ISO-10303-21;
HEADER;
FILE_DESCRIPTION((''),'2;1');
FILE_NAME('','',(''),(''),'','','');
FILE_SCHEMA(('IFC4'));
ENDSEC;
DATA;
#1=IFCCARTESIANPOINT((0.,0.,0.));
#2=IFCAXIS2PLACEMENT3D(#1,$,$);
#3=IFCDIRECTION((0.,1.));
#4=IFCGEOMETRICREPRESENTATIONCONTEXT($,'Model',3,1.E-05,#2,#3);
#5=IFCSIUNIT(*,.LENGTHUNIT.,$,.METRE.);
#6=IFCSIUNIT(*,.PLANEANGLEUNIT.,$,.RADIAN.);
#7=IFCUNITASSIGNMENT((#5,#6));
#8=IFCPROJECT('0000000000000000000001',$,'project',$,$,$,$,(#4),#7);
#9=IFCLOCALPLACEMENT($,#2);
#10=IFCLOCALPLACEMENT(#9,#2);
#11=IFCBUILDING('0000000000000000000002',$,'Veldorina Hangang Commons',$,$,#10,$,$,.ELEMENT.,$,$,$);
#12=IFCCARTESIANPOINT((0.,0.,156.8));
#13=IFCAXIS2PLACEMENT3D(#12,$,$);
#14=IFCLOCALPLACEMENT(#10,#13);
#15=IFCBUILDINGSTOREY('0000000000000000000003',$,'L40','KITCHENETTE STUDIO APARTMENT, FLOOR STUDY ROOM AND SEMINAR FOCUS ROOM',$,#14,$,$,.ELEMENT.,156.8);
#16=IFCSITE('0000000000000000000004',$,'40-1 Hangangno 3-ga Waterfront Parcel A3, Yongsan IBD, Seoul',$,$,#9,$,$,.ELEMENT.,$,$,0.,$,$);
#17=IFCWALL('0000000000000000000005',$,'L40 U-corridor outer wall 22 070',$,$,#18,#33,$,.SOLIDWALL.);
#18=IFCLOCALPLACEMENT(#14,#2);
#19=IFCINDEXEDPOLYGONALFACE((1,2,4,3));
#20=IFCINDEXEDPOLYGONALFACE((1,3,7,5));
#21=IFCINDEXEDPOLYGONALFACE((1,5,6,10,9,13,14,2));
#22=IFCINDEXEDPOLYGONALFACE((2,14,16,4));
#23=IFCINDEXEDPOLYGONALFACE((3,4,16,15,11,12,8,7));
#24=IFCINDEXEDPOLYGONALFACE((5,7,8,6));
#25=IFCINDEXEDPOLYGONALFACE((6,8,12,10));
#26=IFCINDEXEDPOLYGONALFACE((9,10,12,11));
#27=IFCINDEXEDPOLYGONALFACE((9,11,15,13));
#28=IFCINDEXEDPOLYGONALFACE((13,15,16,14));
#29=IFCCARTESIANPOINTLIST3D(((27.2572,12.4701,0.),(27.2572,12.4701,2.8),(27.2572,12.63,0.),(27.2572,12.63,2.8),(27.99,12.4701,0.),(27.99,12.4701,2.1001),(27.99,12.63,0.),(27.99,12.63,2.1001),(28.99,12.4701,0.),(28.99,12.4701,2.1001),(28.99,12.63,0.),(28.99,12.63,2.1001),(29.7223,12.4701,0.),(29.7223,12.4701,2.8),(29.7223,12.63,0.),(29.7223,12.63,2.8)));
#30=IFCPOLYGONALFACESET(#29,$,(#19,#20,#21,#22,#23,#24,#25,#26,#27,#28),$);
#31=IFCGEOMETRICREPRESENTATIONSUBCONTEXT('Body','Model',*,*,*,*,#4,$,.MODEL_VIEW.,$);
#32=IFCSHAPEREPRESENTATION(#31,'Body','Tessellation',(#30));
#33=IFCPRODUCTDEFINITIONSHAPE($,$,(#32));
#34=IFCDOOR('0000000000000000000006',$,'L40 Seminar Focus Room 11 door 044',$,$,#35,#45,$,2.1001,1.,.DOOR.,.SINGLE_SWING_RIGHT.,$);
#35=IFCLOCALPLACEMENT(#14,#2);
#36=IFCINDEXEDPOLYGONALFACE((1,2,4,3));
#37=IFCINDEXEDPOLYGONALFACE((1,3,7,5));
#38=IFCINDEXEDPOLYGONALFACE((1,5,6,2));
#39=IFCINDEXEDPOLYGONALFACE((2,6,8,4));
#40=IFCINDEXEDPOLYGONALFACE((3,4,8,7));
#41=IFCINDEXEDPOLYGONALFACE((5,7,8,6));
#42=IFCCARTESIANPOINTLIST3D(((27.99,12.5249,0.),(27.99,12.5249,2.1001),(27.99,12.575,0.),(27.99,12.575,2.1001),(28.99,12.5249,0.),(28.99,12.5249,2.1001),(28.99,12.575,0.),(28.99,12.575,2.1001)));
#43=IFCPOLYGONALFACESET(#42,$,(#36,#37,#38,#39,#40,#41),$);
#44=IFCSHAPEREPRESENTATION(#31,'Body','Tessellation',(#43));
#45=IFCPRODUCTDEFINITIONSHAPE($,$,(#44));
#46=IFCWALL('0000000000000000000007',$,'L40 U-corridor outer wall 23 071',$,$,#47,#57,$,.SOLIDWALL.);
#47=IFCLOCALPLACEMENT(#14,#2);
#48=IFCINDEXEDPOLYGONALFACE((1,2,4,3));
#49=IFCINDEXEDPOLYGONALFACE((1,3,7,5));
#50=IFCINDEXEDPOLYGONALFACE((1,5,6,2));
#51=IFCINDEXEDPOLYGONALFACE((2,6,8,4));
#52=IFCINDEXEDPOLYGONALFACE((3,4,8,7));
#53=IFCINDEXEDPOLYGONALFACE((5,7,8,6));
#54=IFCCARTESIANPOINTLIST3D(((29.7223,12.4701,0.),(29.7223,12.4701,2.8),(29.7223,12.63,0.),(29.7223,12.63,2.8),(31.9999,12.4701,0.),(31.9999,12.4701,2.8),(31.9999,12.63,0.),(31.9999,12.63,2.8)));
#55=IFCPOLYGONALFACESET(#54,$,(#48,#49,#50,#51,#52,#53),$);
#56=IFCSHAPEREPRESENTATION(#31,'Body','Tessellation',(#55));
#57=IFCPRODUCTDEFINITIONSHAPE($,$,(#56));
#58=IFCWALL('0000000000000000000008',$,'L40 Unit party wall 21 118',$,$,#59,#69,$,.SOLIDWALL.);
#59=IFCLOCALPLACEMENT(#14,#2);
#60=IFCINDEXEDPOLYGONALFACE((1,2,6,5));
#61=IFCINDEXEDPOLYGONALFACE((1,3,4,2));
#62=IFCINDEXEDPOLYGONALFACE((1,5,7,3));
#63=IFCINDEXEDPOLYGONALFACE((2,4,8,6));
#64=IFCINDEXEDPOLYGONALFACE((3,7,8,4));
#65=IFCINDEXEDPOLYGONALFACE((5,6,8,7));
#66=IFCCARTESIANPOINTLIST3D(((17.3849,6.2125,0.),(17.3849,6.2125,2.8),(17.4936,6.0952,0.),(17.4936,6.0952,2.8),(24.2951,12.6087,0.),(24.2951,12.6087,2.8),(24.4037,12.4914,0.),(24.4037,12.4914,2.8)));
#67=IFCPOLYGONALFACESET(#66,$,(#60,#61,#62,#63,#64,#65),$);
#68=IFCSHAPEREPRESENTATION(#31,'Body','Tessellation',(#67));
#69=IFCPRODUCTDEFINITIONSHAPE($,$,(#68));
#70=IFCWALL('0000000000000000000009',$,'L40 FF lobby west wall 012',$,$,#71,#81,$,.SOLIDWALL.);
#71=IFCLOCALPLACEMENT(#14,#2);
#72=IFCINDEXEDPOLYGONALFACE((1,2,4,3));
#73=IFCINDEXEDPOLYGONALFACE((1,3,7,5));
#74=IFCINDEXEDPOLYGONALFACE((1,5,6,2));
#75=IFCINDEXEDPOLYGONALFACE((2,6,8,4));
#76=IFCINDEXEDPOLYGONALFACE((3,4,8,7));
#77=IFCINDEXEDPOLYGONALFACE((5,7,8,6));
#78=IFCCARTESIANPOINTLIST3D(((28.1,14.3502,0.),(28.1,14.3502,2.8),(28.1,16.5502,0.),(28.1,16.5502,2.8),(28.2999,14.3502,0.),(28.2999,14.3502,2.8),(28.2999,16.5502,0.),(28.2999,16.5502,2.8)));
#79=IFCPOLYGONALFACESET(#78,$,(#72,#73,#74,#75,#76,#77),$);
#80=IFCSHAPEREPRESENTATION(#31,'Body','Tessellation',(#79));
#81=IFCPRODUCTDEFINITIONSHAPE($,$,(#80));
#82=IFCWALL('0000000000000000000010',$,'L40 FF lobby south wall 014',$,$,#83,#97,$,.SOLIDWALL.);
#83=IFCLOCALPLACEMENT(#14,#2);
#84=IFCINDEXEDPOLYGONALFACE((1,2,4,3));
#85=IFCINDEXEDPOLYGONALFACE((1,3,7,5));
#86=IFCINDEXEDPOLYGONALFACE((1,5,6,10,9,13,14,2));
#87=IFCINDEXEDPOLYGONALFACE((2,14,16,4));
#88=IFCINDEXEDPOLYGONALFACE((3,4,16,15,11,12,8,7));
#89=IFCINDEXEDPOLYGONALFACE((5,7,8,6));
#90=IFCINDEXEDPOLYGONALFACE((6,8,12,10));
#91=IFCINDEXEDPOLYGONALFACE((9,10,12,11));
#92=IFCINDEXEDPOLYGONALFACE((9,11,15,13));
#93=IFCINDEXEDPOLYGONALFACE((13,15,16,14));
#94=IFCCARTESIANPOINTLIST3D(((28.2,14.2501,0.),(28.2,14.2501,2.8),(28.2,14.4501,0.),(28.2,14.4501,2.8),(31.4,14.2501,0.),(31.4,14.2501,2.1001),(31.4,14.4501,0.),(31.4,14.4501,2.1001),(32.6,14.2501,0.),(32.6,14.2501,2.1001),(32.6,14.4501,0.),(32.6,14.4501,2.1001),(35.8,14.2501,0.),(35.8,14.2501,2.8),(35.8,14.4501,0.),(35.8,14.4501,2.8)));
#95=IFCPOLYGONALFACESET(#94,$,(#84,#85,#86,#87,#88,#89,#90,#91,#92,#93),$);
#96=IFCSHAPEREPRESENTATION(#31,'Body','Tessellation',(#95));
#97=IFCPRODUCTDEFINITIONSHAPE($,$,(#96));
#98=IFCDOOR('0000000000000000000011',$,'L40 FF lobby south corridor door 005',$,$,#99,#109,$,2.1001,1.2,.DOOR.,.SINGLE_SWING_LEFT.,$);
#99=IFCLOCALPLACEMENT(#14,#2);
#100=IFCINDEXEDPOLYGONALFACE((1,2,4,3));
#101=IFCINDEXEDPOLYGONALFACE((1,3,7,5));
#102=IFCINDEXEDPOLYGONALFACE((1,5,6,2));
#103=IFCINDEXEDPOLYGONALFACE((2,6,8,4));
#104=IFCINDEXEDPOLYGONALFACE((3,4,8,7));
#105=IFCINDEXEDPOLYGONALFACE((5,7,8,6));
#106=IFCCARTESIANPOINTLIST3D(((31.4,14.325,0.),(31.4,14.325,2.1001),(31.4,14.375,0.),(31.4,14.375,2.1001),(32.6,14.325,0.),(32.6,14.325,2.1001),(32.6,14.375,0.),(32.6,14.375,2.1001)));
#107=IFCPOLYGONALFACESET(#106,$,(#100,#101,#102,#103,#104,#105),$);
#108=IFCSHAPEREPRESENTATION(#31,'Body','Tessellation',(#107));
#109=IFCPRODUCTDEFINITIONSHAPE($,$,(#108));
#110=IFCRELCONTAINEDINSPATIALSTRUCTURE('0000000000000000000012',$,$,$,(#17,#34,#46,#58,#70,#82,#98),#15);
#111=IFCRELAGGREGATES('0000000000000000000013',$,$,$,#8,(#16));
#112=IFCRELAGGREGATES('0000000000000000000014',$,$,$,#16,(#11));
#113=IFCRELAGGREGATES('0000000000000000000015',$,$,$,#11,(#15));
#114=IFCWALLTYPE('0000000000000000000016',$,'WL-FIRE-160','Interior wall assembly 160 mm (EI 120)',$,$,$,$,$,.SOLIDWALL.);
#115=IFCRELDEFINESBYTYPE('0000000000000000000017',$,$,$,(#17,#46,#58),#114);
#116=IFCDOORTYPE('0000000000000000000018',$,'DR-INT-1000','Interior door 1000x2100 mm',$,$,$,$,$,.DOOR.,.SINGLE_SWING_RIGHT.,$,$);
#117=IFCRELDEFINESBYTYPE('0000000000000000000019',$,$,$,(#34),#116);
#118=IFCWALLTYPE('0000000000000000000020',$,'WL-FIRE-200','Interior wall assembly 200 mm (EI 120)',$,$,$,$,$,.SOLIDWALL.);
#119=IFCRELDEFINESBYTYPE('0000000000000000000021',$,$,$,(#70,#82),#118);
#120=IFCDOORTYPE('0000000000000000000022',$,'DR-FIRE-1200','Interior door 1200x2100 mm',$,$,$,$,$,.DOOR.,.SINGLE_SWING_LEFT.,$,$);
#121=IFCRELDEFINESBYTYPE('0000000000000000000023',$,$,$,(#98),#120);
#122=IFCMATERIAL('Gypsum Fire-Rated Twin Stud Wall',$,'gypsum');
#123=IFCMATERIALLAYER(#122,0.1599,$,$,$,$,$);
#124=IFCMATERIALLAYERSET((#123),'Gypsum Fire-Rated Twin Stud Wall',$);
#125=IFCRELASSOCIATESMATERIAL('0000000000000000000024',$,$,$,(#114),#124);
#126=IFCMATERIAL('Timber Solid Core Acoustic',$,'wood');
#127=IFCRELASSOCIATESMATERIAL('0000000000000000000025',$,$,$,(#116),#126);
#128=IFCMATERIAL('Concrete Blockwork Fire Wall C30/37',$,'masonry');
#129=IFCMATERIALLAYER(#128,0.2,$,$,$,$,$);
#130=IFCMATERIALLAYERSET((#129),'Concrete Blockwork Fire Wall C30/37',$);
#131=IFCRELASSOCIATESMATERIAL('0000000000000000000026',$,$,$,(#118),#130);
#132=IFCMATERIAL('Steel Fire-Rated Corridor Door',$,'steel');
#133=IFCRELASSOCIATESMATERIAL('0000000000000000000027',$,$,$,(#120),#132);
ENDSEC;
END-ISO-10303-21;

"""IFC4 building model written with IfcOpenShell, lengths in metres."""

from ifc_helpers import new_model, si_unit, direction, frame, frame_2d, origin, place, context, subcontext, project, spatial, rectangle, extrude, material, layer, layer_set, type_object, element, fill, save


model = new_model("IFC4")

# Units and contexts
model_context = context("Model", 3, precision=1e-05, world=origin(), true_north=direction((0.0, 1.0)))
body_context = subcontext(model_context, "Body", "Model", "MODEL_VIEW")
ifc_project = project(units=[si_unit("LENGTHUNIT", "METRE"), si_unit("PLANEANGLEUNIT", "RADIAN")], contexts=[model_context])

# Site, building, storey
site_placement = place(None, origin())
site = spatial("IfcSite", under=ifc_project, at=site_placement, Name="40-1 Hangangno 3-ga Waterfront Parcel A3, Yongsan IBD, Seoul", CompositionType="ELEMENT", RefElevation=0.0)
building_placement = place(site_placement, origin())
building = spatial("IfcBuilding", under=site, at=building_placement, Name="Veldorina Hangang Commons", CompositionType="ELEMENT")
storey_placement = place(building_placement, frame((0.0, 0.0, 156.8)))
storey = spatial("IfcBuildingStorey", under=building, at=storey_placement, Name="L40", Description="KITCHENETTE STUDIO APARTMENT, FLOOR STUDY ROOM AND SEMINAR FOCUS ROOM", CompositionType="ELEMENT", Elevation=156.8)

# Shared definitions
ifc_material_1 = material(Name="Gypsum Fire-Rated Twin Stud Wall", Category="gypsum")
ifc_layer_1 = layer(ifc_material_1, 0.1599)
ifc_layer_set_1 = layer_set([ifc_layer_1], Name="Gypsum Fire-Rated Twin Stud Wall")
wall_type_1 = type_object("IfcWallType", Name="WL-FIRE-160", Description="Interior wall assembly 160 mm (EI 120)", PredefinedType="SOLIDWALL", material=ifc_layer_set_1)

# Wall, opening, door
wall_1_placement = place(storey_placement, frame((27.2573, 12.55, 0.0), z_axis=(0.0, 0.0, 1.0), x_axis=(1.0, 0.0, 0.0)))
wall_1 = element("IfcWall", 1, at=wall_1_placement, inside=storey, type_object=wall_type_1, Name="L40 U-corridor outer wall 22 070", PredefinedType="SOLIDWALL", context=body_context, shape_type="SweptSolid", body=[
    extrude(rectangle(XDim=2.4651, YDim=0.1599, at=frame_2d((1.2324, 0.0))), origin(), (0.0, 0.0, 1.0), 2.8),
])
opening_1_placement = place(wall_1_placement, frame((0.7327, 0.0, 0.0)))
opening_1 = element("IfcOpeningElement", 2, at=opening_1_placement, cuts=wall_1, PredefinedType="OPENING", context=body_context, shape_type="SweptSolid", body=[
    extrude(rectangle(XDim=1.0, YDim=2.1001, at=frame_2d((0.5, 1.05))), frame((0.0, 0.0898, 0.0), z_axis=(0.0, -1.0, 0.0), x_axis=(1.0, 0.0, 0.0)), (0.0, 0.0, 1.0), 0.1799),
])
ifc_material_2 = material(Name="Timber Solid Core Acoustic", Category="wood")
door_type_1 = type_object("IfcDoorType", Name="DR-INT-1000", Description="Interior door 1000x2100 mm", OperationType="SINGLE_SWING_RIGHT", PredefinedType="DOOR", material=ifc_material_2)
door_1_placement = place(opening_1_placement, origin())
door_1 = element("IfcDoor", 3, at=door_1_placement, inside=storey, type_object=door_type_1, Name="L40 Seminar Focus Room 11 door 044", OperationType="SINGLE_SWING_RIGHT", OverallHeight=2.1001, OverallWidth=1.0, PredefinedType="DOOR", context=body_context, shape_type="SweptSolid", body=[
    extrude(rectangle(XDim=1.0, YDim=2.1001, at=frame_2d((0.5, 1.05))), frame((0.0, 0.0249, 0.0), z_axis=(0.0, -1.0, 0.0), x_axis=(1.0, 0.0, 0.0)), (0.0, 0.0, 1.0), 0.05),
])
fill(opening_1, door_1)

# Walls
wall_2_placement = place(storey_placement, frame((29.7224, 12.55, 0.0), z_axis=(0.0, 0.0, 1.0), x_axis=(1.0, 0.0, 0.0)))
element("IfcWall", 4, at=wall_2_placement, inside=storey, type_object=wall_type_1, Name="L40 U-corridor outer wall 23 071", PredefinedType="SOLIDWALL", context=body_context, shape_type="SweptSolid", body=[
    extrude(rectangle(XDim=2.2776, YDim=0.1599, at=frame_2d((1.1387, 0.0))), origin(), (0.0, 0.0, 1.0), 2.8),
])
wall_3_placement = place(storey_placement, frame((24.3494, 12.55, 0.0), z_axis=(0.0, 0.0, 1.0), x_axis=(-0.733869, -0.679291, 0.0)))
element("IfcWall", 5, at=wall_3_placement, inside=storey, type_object=wall_type_1, Name="L40 Unit party wall 21 118", PredefinedType="SOLIDWALL", context=body_context, shape_type="SweptSolid", body=[
    extrude(rectangle(XDim=9.416, YDim=0.1599, at=frame_2d((4.708, 0.0))), origin(), (0.0, 0.0, 1.0), 2.8),
])
ifc_material_3 = material(Name="Concrete Blockwork Fire Wall C30/37", Category="masonry")
ifc_layer_2 = layer(ifc_material_3, 0.2)
ifc_layer_set_2 = layer_set([ifc_layer_2], Name="Concrete Blockwork Fire Wall C30/37")
wall_type_2 = type_object("IfcWallType", Name="WL-FIRE-200", Description="Interior wall assembly 200 mm (EI 120)", PredefinedType="SOLIDWALL", material=ifc_layer_set_2)
wall_4_placement = place(storey_placement, frame((28.2, 14.3501, 0.0), z_axis=(0.0, 0.0, 1.0), x_axis=(0.0, 1.0, 0.0)))
element("IfcWall", 6, at=wall_4_placement, inside=storey, type_object=wall_type_2, Name="L40 FF lobby west wall 012", PredefinedType="SOLIDWALL", context=body_context, shape_type="SweptSolid", body=[
    extrude(rectangle(XDim=2.2, YDim=0.2, at=frame_2d((1.1001, 0.0))), origin(), (0.0, 0.0, 1.0), 2.8),
])

# Wall, opening, door
wall_5_placement = place(storey_placement, frame((28.2, 14.3501, 0.0), z_axis=(0.0, 0.0, 1.0), x_axis=(1.0, 0.0, 0.0)))
wall_5 = element("IfcWall", 7, at=wall_5_placement, inside=storey, type_object=wall_type_2, Name="L40 FF lobby south wall 014", PredefinedType="SOLIDWALL", context=body_context, shape_type="SweptSolid", body=[
    extrude(rectangle(XDim=7.6001, YDim=0.2, at=frame_2d((3.8, 0.0))), origin(), (0.0, 0.0, 1.0), 2.8),
])
opening_2_placement = place(wall_5_placement, frame((3.2, 0.0, 0.0)))
opening_2 = element("IfcOpeningElement", 8, at=opening_2_placement, cuts=wall_5, PredefinedType="OPENING", context=body_context, shape_type="SweptSolid", body=[
    extrude(rectangle(XDim=1.2, YDim=2.1001, at=frame_2d((0.6001, 1.05))), frame((0.0, 0.1099, 0.0), z_axis=(0.0, -1.0, 0.0), x_axis=(1.0, 0.0, 0.0)), (0.0, 0.0, 1.0), 0.22),
])
ifc_material_4 = material(Name="Steel Fire-Rated Corridor Door", Category="steel")
door_type_2 = type_object("IfcDoorType", Name="DR-FIRE-1200", Description="Interior door 1200x2100 mm", OperationType="SINGLE_SWING_LEFT", PredefinedType="DOOR", material=ifc_material_4)
door_2_placement = place(opening_2_placement, origin())
door_2 = element("IfcDoor", 9, at=door_2_placement, inside=storey, type_object=door_type_2, Name="L40 FF lobby south corridor door 005", OperationType="SINGLE_SWING_LEFT", OverallHeight=2.1001, OverallWidth=1.2, PredefinedType="DOOR", context=body_context, shape_type="SweptSolid", body=[
    extrude(rectangle(XDim=1.2, YDim=2.1001, at=frame_2d((0.6001, 1.05))), frame((0.0, 0.0249, 0.0), z_axis=(0.0, -1.0, 0.0), x_axis=(1.0, 0.0, 0.0)), (0.0, 0.0, 1.0), 0.05),
])
fill(opening_2, door_2)

save(model, "model.ifc")
